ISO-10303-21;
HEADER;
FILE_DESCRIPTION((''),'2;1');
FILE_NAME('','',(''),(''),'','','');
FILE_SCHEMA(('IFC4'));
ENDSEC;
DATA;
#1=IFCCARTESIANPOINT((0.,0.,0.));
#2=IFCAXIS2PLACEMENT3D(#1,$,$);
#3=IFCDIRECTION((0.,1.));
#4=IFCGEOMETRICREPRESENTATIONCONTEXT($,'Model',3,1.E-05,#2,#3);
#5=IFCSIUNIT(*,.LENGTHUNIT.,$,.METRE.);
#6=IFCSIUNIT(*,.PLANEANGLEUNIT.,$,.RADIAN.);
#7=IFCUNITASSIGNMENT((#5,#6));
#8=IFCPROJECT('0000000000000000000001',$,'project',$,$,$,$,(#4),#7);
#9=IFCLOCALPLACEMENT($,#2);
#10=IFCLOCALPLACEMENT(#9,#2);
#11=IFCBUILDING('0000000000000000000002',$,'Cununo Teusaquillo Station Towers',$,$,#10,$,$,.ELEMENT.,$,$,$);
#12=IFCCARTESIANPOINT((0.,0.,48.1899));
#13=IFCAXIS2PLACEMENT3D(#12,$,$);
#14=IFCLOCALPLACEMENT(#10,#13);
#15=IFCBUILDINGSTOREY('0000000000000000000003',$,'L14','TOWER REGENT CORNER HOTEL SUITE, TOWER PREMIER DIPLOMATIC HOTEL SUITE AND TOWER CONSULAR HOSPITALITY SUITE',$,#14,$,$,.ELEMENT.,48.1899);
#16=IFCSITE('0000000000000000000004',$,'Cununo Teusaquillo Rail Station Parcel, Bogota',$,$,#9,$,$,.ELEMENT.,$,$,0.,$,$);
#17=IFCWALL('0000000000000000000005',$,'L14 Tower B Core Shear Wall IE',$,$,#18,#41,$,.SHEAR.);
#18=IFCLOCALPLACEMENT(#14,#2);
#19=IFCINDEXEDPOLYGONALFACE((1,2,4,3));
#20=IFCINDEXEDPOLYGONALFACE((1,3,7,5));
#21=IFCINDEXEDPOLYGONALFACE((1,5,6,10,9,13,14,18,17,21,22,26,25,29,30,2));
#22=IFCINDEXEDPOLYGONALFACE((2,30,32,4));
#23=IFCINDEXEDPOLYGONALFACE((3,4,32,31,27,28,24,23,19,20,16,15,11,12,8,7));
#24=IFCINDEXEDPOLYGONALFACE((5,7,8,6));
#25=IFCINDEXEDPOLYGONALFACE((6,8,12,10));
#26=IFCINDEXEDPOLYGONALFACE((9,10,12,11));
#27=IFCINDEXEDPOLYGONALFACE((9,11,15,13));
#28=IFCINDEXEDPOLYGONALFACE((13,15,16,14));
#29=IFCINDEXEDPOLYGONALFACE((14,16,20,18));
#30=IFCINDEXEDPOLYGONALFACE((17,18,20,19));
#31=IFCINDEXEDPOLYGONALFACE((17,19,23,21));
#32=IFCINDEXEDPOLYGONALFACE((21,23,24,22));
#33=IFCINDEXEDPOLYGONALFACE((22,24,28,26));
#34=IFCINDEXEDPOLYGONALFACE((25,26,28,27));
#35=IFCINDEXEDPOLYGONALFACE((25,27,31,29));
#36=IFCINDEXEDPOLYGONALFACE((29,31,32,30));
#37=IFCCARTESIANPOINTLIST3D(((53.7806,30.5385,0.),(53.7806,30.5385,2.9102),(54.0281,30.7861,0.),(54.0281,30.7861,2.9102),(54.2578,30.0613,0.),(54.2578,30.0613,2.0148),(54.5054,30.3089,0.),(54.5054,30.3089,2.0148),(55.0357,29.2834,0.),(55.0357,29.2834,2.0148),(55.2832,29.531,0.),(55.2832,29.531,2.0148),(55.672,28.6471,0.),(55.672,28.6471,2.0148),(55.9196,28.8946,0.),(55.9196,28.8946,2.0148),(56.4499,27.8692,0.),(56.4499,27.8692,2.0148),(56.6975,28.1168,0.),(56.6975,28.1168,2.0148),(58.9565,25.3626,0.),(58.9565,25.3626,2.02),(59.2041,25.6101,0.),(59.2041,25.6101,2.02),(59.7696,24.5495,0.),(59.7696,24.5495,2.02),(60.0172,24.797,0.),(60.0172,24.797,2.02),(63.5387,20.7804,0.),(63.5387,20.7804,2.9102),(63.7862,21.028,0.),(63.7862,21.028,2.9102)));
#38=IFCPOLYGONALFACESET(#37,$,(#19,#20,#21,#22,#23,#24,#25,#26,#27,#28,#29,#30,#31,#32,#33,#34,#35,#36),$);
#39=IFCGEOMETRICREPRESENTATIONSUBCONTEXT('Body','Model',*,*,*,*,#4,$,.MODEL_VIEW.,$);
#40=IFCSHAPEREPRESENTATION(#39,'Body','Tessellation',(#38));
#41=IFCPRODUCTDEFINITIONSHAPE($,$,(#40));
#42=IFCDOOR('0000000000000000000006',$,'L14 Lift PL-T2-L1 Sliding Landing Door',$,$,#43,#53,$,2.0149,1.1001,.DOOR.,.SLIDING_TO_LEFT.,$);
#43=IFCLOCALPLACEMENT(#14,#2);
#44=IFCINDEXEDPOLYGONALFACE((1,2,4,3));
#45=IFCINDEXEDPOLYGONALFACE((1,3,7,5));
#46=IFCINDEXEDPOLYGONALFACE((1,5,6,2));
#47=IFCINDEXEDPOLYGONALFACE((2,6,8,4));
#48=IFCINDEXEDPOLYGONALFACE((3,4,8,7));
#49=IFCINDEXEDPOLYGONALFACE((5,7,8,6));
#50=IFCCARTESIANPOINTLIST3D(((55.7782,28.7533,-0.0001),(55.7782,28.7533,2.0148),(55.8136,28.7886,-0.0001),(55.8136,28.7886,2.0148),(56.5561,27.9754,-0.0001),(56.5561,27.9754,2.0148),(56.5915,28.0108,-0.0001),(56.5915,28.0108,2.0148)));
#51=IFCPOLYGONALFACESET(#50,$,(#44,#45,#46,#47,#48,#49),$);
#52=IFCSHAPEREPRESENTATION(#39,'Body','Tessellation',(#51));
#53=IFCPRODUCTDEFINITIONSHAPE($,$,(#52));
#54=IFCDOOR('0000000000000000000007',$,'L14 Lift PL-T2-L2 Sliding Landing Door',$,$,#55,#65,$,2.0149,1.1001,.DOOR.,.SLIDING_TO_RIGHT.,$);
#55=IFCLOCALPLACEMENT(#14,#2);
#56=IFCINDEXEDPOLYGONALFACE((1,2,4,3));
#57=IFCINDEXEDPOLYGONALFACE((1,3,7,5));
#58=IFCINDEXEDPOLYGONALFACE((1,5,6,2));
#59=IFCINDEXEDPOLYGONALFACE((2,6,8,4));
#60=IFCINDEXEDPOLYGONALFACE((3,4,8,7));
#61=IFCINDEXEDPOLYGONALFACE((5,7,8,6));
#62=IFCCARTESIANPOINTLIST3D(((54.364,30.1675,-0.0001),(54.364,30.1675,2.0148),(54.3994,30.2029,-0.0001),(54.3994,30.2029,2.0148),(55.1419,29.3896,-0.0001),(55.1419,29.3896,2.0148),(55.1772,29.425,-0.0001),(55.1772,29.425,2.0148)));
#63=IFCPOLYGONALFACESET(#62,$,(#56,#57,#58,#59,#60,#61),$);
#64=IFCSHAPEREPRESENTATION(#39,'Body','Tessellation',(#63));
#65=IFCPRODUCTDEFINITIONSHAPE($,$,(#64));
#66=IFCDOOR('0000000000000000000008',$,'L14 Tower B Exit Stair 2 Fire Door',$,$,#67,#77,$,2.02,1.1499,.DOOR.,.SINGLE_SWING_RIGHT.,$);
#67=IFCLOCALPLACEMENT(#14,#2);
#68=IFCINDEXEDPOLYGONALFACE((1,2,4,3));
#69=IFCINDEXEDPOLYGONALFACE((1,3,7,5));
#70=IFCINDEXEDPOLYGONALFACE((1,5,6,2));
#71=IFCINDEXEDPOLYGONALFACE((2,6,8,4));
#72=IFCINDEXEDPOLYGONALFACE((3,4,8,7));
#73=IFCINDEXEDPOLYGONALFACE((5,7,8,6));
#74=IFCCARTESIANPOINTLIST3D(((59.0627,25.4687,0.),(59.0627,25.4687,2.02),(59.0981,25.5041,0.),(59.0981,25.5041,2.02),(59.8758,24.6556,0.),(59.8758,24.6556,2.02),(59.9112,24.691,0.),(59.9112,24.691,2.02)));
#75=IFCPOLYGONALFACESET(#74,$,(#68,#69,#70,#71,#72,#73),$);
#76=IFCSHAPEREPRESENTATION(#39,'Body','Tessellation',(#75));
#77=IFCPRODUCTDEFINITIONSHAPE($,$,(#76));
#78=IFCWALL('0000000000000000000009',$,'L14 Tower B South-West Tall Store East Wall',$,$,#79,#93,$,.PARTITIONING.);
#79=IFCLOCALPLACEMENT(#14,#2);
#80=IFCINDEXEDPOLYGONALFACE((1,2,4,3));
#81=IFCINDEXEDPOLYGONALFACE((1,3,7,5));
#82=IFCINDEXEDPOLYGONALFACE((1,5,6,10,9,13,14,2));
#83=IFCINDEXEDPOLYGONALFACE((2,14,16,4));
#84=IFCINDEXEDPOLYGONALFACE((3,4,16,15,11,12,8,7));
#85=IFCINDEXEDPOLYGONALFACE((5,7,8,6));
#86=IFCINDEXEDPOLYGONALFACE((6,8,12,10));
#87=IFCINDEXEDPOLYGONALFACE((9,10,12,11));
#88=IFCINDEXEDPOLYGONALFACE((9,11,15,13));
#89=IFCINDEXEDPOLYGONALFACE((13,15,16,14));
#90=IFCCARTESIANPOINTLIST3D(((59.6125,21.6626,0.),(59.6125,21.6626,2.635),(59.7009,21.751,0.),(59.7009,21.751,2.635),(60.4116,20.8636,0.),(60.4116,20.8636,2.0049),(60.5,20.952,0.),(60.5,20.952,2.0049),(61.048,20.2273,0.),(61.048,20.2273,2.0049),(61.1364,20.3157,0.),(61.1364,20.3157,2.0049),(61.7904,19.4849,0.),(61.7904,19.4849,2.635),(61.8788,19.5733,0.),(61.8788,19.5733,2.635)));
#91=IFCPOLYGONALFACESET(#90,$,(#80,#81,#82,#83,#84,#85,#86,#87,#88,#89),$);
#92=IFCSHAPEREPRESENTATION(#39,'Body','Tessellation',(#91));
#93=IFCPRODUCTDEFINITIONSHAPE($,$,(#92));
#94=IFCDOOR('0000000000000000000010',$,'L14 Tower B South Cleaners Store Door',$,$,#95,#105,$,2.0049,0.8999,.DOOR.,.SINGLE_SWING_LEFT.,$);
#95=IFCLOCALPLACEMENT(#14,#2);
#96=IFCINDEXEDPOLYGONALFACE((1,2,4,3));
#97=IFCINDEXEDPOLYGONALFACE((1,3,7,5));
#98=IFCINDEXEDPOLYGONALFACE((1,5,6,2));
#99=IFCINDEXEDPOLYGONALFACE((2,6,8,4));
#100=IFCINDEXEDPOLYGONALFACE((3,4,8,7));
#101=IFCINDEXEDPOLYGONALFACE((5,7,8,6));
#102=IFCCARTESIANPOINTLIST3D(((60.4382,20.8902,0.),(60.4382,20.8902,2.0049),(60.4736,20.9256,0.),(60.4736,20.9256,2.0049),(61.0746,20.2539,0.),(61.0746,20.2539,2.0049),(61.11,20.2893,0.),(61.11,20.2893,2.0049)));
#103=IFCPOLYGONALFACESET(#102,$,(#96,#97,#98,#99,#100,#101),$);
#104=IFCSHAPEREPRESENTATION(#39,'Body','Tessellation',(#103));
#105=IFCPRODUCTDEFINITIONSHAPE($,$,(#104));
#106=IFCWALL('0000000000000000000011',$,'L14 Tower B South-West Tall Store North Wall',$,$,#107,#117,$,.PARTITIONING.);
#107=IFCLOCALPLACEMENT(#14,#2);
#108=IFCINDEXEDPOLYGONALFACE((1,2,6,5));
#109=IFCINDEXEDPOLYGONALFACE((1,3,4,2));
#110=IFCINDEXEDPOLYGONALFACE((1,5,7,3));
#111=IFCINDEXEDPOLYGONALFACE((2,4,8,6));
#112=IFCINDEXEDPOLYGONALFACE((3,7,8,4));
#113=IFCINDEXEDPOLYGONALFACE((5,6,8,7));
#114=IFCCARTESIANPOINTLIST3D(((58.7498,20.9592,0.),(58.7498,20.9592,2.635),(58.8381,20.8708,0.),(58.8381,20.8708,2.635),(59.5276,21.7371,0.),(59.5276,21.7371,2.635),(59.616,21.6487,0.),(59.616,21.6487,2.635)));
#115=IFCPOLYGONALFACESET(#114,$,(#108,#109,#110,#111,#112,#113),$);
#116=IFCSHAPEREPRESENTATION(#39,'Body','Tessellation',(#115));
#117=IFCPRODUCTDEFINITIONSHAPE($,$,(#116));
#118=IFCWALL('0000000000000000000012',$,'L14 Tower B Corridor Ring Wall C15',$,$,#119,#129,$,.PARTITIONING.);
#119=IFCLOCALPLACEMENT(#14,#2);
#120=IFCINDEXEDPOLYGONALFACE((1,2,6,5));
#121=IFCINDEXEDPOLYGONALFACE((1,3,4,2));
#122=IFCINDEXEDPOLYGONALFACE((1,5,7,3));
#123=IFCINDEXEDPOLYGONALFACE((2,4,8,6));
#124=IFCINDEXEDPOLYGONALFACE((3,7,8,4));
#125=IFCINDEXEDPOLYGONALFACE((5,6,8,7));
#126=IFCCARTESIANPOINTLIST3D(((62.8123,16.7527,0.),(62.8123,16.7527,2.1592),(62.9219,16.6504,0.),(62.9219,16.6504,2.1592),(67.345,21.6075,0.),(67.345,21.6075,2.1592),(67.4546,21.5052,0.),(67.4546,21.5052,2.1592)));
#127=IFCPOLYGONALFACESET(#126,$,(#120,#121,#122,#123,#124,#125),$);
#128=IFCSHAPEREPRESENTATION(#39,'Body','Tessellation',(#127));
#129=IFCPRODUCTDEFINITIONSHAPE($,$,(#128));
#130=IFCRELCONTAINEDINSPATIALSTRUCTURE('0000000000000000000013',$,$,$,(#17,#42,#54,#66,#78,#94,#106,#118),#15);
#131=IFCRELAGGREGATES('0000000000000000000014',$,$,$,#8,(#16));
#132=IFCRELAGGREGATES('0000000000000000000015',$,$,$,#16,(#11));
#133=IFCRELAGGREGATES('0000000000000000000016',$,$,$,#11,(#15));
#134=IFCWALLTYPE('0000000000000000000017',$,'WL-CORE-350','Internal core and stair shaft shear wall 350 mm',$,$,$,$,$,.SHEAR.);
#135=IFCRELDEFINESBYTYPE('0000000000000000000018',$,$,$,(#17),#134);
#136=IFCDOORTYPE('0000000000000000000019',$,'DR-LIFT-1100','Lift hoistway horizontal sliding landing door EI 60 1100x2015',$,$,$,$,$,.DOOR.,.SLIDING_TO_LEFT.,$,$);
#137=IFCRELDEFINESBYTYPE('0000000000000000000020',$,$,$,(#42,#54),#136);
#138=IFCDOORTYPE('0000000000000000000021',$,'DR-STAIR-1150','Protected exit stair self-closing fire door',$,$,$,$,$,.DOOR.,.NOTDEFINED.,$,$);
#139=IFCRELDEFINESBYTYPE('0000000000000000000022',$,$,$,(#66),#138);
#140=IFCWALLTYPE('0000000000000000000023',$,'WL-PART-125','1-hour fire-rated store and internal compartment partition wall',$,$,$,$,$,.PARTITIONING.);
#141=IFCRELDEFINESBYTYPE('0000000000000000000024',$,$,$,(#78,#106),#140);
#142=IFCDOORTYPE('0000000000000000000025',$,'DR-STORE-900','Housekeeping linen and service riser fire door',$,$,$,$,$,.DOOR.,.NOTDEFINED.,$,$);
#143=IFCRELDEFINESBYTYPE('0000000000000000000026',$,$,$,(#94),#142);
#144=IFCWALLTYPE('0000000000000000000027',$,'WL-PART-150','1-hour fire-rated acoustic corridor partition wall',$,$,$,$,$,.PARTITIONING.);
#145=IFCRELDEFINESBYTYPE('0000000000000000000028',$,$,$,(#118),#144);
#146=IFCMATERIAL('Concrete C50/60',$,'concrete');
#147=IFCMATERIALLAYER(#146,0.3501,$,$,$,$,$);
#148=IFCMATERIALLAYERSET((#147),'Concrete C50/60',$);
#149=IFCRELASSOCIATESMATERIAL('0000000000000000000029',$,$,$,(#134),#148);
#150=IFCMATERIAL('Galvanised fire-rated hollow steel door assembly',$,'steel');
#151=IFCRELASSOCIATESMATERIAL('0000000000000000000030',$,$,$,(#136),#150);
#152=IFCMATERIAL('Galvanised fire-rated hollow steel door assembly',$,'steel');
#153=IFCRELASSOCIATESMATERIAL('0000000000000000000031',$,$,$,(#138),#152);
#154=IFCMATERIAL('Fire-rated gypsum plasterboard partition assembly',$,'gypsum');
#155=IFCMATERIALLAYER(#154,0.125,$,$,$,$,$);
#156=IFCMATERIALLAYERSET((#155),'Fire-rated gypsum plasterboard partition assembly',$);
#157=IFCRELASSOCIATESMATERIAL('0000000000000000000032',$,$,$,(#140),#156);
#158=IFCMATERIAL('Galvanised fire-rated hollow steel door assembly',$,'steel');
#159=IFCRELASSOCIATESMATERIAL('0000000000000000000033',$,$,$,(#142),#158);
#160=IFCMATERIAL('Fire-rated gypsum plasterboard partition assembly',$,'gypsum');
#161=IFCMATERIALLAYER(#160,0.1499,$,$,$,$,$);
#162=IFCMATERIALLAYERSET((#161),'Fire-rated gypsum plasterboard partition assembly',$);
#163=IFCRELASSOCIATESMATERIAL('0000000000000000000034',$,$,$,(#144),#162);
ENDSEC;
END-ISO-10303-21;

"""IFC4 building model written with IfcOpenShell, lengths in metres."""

from ifc_helpers import new_model, si_unit, direction, frame, frame_2d, origin, place, context, subcontext, project, spatial, rectangle, extrude, source, transform, mapped, material, layer, layer_set, type_object, element, fill, save


model = new_model("IFC4")

# Units and contexts
model_context = context("Model", 3, precision=1e-05, world=origin(), true_north=direction((0.0, 1.0)))
body_context = subcontext(model_context, "Body", "Model", "MODEL_VIEW")
ifc_project = project(units=[si_unit("LENGTHUNIT", "METRE"), si_unit("PLANEANGLEUNIT", "RADIAN")], contexts=[model_context])

# Site, building, storey
site_placement = place(None, origin())
site = spatial("IfcSite", under=ifc_project, at=site_placement, Name="Cununo Teusaquillo Rail Station Parcel, Bogota", CompositionType="ELEMENT", RefElevation=0.0)
building_placement = place(site_placement, origin())
building = spatial("IfcBuilding", under=site, at=building_placement, Name="Cununo Teusaquillo Station Towers", CompositionType="ELEMENT")
storey_placement = place(building_placement, frame((0.0, 0.0, 48.1899)))
storey = spatial("IfcBuildingStorey", under=building, at=storey_placement, Name="L14", Description="TOWER REGENT CORNER HOTEL SUITE, TOWER PREMIER DIPLOMATIC HOTEL SUITE AND TOWER CONSULAR HOSPITALITY SUITE", CompositionType="ELEMENT", Elevation=48.1899)

# Wall, openings, doors
ifc_material_1 = material(Name="Concrete C50/60", Category="concrete")
ifc_layer_1 = layer(ifc_material_1, 0.3501)
ifc_layer_set_1 = layer_set([ifc_layer_1], Name="Concrete C50/60")
wall_type_1 = type_object("IfcWallType", Name="WL-CORE-350", Description="Internal core and stair shaft shear wall 350 mm", PredefinedType="SHEAR", material=ifc_layer_set_1)
shared_shape_1 = source(origin(), body_context, "Body", "SweptSolid", [
    extrude(rectangle(XDim=1.1001, YDim=2.0149, at=frame_2d((0.55, 1.0073))), frame((0.0, 0.1851, 0.0), z_axis=(0.0, -1.0, 0.0), x_axis=(1.0, 0.0, 0.0)), (0.0, 0.0, 1.0), 0.3701),
])
shared_shape_2 = source(origin(), body_context, "Body", "SweptSolid", [
    extrude(rectangle(XDim=1.1499, YDim=2.02, at=frame_2d((0.575, 1.01))), frame((0.0, 0.1851, 0.0), z_axis=(0.0, -1.0, 0.0), x_axis=(1.0, 0.0, 0.0)), (0.0, 0.0, 1.0), 0.3701),
])
ifc_material_2 = material(Name="Galvanised fire-rated hollow steel door assembly", Category="steel")
door_type_1 = type_object("IfcDoorType", Name="DR-LIFT-1100", Description="Lift hoistway horizontal sliding landing door EI 60 1100x2015", OperationType="SLIDING_TO_LEFT", PredefinedType="DOOR", material=ifc_material_2)
shared_shape_3 = source(origin(), body_context, "Body", "SweptSolid", [
    extrude(rectangle(XDim=1.1001, YDim=2.0149, at=frame_2d((0.55, 1.0073))), frame((0.0, 0.0249, 0.0), z_axis=(0.0, -1.0, 0.0), x_axis=(1.0, 0.0, 0.0)), (0.0, 0.0, 1.0), 0.05),
])
ifc_material_3 = material(Name="Galvanised fire-rated hollow steel door assembly", Category="steel")
door_type_2 = type_object("IfcDoorType", Name="DR-STAIR-1150", Description="Protected exit stair self-closing fire door", OperationType="NOTDEFINED", PredefinedType="DOOR", material=ifc_material_3)
shared_shape_4 = source(origin(), body_context, "Body", "SweptSolid", [
    extrude(rectangle(XDim=1.1499, YDim=2.02, at=frame_2d((0.575, 1.01))), frame((0.0, 0.0249, 0.0), z_axis=(0.0, -1.0, 0.0), x_axis=(1.0, 0.0, 0.0)), (0.0, 0.0, 1.0), 0.05),
])
wall_1_placement = place(storey_placement, frame((63.6624, 20.9043, 0.0), z_axis=(0.0, 0.0, 1.0), x_axis=(-0.707107, 0.707107, 0.0)))
wall_1 = element("IfcWall", 1, at=wall_1_placement, inside=storey, type_object=wall_type_1, Name="L14 Tower B Core Shear Wall IE", PredefinedType="SHEAR", context=body_context, shape_type="SweptSolid", body=[
    extrude(rectangle(XDim=13.8, YDim=0.3501, at=frame_2d((6.8999, 0.0))), origin(), (0.0, 0.0, 1.0), 2.9102),
])
opening_1_placement = place(wall_1_placement, frame((10.0249, 0.0, 0.0)))
opening_1 = element("IfcOpeningElement", 2, at=opening_1_placement, cuts=wall_1, PredefinedType="OPENING", context=body_context, shape_type="MappedRepresentation", body=[
    mapped(shared_shape_1, transform((0.0, 0.0, 0.0), x_axis=(1.0, 0.0, 0.0), y_axis=(0.0, 1.0, 0.0), z_axis=(0.0, 0.0, 1.0), scale=1.0)),
])
opening_2_placement = place(wall_1_placement, frame((12.0249, 0.0, 0.0)))
opening_2 = element("IfcOpeningElement", 3, at=opening_2_placement, cuts=wall_1, PredefinedType="OPENING", context=body_context, shape_type="MappedRepresentation", body=[
    mapped(shared_shape_1, transform((0.0, 0.0, 0.0), x_axis=(1.0, 0.0, 0.0), y_axis=(0.0, 1.0, 0.0), z_axis=(0.0, 0.0, 1.0), scale=1.0)),
])
opening_3_placement = place(wall_1_placement, frame((5.3301, 0.0, 0.0)))
opening_3 = element("IfcOpeningElement", 4, at=opening_3_placement, cuts=wall_1, PredefinedType="OPENING", context=body_context, shape_type="MappedRepresentation", body=[
    mapped(shared_shape_2, transform((0.0, 0.0, 0.0), x_axis=(1.0, 0.0, 0.0), y_axis=(0.0, 1.0, 0.0), z_axis=(0.0, 0.0, 1.0), scale=1.0)),
])
door_1_placement = place(opening_1_placement, origin())
door_1 = element("IfcDoor", 5, at=door_1_placement, inside=storey, type_object=door_type_1, Name="L14 Lift PL-T2-L1 Sliding Landing Door", OperationType="SLIDING_TO_LEFT", OverallHeight=2.0149, OverallWidth=1.1001, PredefinedType="DOOR", context=body_context, shape_type="MappedRepresentation", body=[
    mapped(shared_shape_3, transform((0.0, 0.0, 0.0), x_axis=(1.0, 0.0, 0.0), y_axis=(0.0, 1.0, 0.0), z_axis=(0.0, 0.0, 1.0), scale=1.0)),
])
fill(opening_1, door_1)
door_2_placement = place(opening_2_placement, origin())
door_2 = element("IfcDoor", 6, at=door_2_placement, inside=storey, type_object=door_type_1, Name="L14 Lift PL-T2-L2 Sliding Landing Door", OperationType="SLIDING_TO_RIGHT", OverallHeight=2.0149, OverallWidth=1.1001, PredefinedType="DOOR", context=body_context, shape_type="MappedRepresentation", body=[
    mapped(shared_shape_3, transform((0.0, 0.0, 0.0), x_axis=(1.0, 0.0, 0.0), y_axis=(0.0, 1.0, 0.0), z_axis=(0.0, 0.0, 1.0), scale=1.0)),
])
fill(opening_2, door_2)
door_3_placement = place(opening_3_placement, origin())
door_3 = element("IfcDoor", 7, at=door_3_placement, inside=storey, type_object=door_type_2, Name="L14 Tower B Exit Stair 2 Fire Door", OperationType="SINGLE_SWING_RIGHT", OverallHeight=2.02, OverallWidth=1.1499, PredefinedType="DOOR", context=body_context, shape_type="MappedRepresentation", body=[
    mapped(shared_shape_4, transform((0.0, 0.0, 0.0), x_axis=(1.0, 0.0, 0.0), y_axis=(0.0, 1.0, 0.0), z_axis=(0.0, 0.0, 1.0), scale=1.0)),
])
fill(opening_3, door_3)

# Wall, opening, door
ifc_material_4 = material(Name="Fire-rated gypsum plasterboard partition assembly", Category="gypsum")
ifc_layer_2 = layer(ifc_material_4, 0.125)
ifc_layer_set_2 = layer_set([ifc_layer_2], Name="Fire-rated gypsum plasterboard partition assembly")
wall_type_2 = type_object("IfcWallType", Name="WL-PART-125", Description="1-hour fire-rated store and internal compartment partition wall", PredefinedType="PARTITIONING", material=ifc_layer_set_2)
wall_2_placement = place(storey_placement, frame((61.8347, 19.5291, 0.0), z_axis=(0.0, 0.0, 1.0), x_axis=(-0.707146, 0.707067, 0.0)))
wall_2 = element("IfcWall", 8, at=wall_2_placement, inside=storey, type_object=wall_type_2, Name="L14 Tower B South-West Tall Store East Wall", PredefinedType="PARTITIONING", context=body_context, shape_type="SweptSolid", body=[
    extrude(rectangle(XDim=3.0798, YDim=0.125, at=frame_2d((1.54, 0.0))), origin(), (0.0, 0.0, 1.0), 2.635),
])
shared_shape_5 = source(origin(), body_context, "Body", "SweptSolid", [
    extrude(rectangle(XDim=0.8999, YDim=2.0049, at=frame_2d((0.45, 1.0024))), frame((0.0, 0.0725, 0.0), z_axis=(0.0, -1.0, 0.0), x_axis=(1.0, 0.0, 0.0)), (0.0, 0.0, 1.0), 0.145),
])
opening_4_placement = place(wall_2_placement, frame((1.05, 0.0, 0.0)))
opening_4 = element("IfcOpeningElement", 9, at=opening_4_placement, cuts=wall_2, PredefinedType="OPENING", context=body_context, shape_type="MappedRepresentation", body=[
    mapped(shared_shape_5, transform((0.0, 0.0, 0.0), x_axis=(1.0, 0.0, 0.0), y_axis=(0.0, 1.0, 0.0), z_axis=(0.0, 0.0, 1.0), scale=1.0)),
])
ifc_material_5 = material(Name="Galvanised fire-rated hollow steel door assembly", Category="steel")
door_type_3 = type_object("IfcDoorType", Name="DR-STORE-900", Description="Housekeeping linen and service riser fire door", OperationType="NOTDEFINED", PredefinedType="DOOR", material=ifc_material_5)
shared_shape_6 = source(origin(), body_context, "Body", "SweptSolid", [
    extrude(rectangle(XDim=0.8999, YDim=2.0049, at=frame_2d((0.45, 1.0024))), frame((0.0, 0.0249, 0.0), z_axis=(0.0, -1.0, 0.0), x_axis=(1.0, 0.0, 0.0)), (0.0, 0.0, 1.0), 0.05),
])
door_4_placement = place(opening_4_placement, origin())
door_4 = element("IfcDoor", 10, at=door_4_placement, inside=storey, type_object=door_type_3, Name="L14 Tower B South Cleaners Store Door", OperationType="SINGLE_SWING_LEFT", OverallHeight=2.0049, OverallWidth=0.8999, PredefinedType="DOOR", context=body_context, shape_type="MappedRepresentation", body=[
    mapped(shared_shape_6, transform((0.0, 0.0, 0.0), x_axis=(1.0, 0.0, 0.0), y_axis=(0.0, 1.0, 0.0), z_axis=(0.0, 0.0, 1.0), scale=1.0)),
])
fill(opening_4, door_4)

# Walls
wall_3_placement = place(storey_placement, frame((58.7939, 20.915, 0.0), z_axis=(0.0, 0.0, 1.0), x_axis=(0.707107, 0.707107, 0.0)))
element("IfcWall", 11, at=wall_3_placement, inside=storey, type_object=wall_type_2, Name="L14 Tower B South-West Tall Store North Wall", PredefinedType="PARTITIONING", context=body_context, shape_type="SweptSolid", body=[
    extrude(rectangle(XDim=1.1001, YDim=0.125, at=frame_2d((0.55, 0.0))), origin(), (0.0, 0.0, 1.0), 2.635),
])
ifc_material_6 = material(Name="Fire-rated gypsum plasterboard partition assembly", Category="gypsum")
ifc_layer_3 = layer(ifc_material_6, 0.1499)
ifc_layer_set_3 = layer_set([ifc_layer_3], Name="Fire-rated gypsum plasterboard partition assembly")
wall_type_3 = type_object("IfcWallType", Name="WL-PART-150", Description="1-hour fire-rated acoustic corridor partition wall", PredefinedType="PARTITIONING", material=ifc_layer_set_3)
wall_4_placement = place(storey_placement, frame((62.8672, 16.7017, 0.0), z_axis=(0.0, 0.0, 1.0), x_axis=(0.682449, 0.730933, 0.0)))
element("IfcWall", 12, at=wall_4_placement, inside=storey, type_object=wall_type_3, Name="L14 Tower B Corridor Ring Wall C15", PredefinedType="PARTITIONING", context=body_context, shape_type="SweptSolid", body=[
    extrude(rectangle(XDim=6.6418, YDim=0.1499, at=frame_2d((3.3208, 0.0))), origin(), (0.0, 0.0, 1.0), 2.1592),
])

save(model, "model.ifc")
